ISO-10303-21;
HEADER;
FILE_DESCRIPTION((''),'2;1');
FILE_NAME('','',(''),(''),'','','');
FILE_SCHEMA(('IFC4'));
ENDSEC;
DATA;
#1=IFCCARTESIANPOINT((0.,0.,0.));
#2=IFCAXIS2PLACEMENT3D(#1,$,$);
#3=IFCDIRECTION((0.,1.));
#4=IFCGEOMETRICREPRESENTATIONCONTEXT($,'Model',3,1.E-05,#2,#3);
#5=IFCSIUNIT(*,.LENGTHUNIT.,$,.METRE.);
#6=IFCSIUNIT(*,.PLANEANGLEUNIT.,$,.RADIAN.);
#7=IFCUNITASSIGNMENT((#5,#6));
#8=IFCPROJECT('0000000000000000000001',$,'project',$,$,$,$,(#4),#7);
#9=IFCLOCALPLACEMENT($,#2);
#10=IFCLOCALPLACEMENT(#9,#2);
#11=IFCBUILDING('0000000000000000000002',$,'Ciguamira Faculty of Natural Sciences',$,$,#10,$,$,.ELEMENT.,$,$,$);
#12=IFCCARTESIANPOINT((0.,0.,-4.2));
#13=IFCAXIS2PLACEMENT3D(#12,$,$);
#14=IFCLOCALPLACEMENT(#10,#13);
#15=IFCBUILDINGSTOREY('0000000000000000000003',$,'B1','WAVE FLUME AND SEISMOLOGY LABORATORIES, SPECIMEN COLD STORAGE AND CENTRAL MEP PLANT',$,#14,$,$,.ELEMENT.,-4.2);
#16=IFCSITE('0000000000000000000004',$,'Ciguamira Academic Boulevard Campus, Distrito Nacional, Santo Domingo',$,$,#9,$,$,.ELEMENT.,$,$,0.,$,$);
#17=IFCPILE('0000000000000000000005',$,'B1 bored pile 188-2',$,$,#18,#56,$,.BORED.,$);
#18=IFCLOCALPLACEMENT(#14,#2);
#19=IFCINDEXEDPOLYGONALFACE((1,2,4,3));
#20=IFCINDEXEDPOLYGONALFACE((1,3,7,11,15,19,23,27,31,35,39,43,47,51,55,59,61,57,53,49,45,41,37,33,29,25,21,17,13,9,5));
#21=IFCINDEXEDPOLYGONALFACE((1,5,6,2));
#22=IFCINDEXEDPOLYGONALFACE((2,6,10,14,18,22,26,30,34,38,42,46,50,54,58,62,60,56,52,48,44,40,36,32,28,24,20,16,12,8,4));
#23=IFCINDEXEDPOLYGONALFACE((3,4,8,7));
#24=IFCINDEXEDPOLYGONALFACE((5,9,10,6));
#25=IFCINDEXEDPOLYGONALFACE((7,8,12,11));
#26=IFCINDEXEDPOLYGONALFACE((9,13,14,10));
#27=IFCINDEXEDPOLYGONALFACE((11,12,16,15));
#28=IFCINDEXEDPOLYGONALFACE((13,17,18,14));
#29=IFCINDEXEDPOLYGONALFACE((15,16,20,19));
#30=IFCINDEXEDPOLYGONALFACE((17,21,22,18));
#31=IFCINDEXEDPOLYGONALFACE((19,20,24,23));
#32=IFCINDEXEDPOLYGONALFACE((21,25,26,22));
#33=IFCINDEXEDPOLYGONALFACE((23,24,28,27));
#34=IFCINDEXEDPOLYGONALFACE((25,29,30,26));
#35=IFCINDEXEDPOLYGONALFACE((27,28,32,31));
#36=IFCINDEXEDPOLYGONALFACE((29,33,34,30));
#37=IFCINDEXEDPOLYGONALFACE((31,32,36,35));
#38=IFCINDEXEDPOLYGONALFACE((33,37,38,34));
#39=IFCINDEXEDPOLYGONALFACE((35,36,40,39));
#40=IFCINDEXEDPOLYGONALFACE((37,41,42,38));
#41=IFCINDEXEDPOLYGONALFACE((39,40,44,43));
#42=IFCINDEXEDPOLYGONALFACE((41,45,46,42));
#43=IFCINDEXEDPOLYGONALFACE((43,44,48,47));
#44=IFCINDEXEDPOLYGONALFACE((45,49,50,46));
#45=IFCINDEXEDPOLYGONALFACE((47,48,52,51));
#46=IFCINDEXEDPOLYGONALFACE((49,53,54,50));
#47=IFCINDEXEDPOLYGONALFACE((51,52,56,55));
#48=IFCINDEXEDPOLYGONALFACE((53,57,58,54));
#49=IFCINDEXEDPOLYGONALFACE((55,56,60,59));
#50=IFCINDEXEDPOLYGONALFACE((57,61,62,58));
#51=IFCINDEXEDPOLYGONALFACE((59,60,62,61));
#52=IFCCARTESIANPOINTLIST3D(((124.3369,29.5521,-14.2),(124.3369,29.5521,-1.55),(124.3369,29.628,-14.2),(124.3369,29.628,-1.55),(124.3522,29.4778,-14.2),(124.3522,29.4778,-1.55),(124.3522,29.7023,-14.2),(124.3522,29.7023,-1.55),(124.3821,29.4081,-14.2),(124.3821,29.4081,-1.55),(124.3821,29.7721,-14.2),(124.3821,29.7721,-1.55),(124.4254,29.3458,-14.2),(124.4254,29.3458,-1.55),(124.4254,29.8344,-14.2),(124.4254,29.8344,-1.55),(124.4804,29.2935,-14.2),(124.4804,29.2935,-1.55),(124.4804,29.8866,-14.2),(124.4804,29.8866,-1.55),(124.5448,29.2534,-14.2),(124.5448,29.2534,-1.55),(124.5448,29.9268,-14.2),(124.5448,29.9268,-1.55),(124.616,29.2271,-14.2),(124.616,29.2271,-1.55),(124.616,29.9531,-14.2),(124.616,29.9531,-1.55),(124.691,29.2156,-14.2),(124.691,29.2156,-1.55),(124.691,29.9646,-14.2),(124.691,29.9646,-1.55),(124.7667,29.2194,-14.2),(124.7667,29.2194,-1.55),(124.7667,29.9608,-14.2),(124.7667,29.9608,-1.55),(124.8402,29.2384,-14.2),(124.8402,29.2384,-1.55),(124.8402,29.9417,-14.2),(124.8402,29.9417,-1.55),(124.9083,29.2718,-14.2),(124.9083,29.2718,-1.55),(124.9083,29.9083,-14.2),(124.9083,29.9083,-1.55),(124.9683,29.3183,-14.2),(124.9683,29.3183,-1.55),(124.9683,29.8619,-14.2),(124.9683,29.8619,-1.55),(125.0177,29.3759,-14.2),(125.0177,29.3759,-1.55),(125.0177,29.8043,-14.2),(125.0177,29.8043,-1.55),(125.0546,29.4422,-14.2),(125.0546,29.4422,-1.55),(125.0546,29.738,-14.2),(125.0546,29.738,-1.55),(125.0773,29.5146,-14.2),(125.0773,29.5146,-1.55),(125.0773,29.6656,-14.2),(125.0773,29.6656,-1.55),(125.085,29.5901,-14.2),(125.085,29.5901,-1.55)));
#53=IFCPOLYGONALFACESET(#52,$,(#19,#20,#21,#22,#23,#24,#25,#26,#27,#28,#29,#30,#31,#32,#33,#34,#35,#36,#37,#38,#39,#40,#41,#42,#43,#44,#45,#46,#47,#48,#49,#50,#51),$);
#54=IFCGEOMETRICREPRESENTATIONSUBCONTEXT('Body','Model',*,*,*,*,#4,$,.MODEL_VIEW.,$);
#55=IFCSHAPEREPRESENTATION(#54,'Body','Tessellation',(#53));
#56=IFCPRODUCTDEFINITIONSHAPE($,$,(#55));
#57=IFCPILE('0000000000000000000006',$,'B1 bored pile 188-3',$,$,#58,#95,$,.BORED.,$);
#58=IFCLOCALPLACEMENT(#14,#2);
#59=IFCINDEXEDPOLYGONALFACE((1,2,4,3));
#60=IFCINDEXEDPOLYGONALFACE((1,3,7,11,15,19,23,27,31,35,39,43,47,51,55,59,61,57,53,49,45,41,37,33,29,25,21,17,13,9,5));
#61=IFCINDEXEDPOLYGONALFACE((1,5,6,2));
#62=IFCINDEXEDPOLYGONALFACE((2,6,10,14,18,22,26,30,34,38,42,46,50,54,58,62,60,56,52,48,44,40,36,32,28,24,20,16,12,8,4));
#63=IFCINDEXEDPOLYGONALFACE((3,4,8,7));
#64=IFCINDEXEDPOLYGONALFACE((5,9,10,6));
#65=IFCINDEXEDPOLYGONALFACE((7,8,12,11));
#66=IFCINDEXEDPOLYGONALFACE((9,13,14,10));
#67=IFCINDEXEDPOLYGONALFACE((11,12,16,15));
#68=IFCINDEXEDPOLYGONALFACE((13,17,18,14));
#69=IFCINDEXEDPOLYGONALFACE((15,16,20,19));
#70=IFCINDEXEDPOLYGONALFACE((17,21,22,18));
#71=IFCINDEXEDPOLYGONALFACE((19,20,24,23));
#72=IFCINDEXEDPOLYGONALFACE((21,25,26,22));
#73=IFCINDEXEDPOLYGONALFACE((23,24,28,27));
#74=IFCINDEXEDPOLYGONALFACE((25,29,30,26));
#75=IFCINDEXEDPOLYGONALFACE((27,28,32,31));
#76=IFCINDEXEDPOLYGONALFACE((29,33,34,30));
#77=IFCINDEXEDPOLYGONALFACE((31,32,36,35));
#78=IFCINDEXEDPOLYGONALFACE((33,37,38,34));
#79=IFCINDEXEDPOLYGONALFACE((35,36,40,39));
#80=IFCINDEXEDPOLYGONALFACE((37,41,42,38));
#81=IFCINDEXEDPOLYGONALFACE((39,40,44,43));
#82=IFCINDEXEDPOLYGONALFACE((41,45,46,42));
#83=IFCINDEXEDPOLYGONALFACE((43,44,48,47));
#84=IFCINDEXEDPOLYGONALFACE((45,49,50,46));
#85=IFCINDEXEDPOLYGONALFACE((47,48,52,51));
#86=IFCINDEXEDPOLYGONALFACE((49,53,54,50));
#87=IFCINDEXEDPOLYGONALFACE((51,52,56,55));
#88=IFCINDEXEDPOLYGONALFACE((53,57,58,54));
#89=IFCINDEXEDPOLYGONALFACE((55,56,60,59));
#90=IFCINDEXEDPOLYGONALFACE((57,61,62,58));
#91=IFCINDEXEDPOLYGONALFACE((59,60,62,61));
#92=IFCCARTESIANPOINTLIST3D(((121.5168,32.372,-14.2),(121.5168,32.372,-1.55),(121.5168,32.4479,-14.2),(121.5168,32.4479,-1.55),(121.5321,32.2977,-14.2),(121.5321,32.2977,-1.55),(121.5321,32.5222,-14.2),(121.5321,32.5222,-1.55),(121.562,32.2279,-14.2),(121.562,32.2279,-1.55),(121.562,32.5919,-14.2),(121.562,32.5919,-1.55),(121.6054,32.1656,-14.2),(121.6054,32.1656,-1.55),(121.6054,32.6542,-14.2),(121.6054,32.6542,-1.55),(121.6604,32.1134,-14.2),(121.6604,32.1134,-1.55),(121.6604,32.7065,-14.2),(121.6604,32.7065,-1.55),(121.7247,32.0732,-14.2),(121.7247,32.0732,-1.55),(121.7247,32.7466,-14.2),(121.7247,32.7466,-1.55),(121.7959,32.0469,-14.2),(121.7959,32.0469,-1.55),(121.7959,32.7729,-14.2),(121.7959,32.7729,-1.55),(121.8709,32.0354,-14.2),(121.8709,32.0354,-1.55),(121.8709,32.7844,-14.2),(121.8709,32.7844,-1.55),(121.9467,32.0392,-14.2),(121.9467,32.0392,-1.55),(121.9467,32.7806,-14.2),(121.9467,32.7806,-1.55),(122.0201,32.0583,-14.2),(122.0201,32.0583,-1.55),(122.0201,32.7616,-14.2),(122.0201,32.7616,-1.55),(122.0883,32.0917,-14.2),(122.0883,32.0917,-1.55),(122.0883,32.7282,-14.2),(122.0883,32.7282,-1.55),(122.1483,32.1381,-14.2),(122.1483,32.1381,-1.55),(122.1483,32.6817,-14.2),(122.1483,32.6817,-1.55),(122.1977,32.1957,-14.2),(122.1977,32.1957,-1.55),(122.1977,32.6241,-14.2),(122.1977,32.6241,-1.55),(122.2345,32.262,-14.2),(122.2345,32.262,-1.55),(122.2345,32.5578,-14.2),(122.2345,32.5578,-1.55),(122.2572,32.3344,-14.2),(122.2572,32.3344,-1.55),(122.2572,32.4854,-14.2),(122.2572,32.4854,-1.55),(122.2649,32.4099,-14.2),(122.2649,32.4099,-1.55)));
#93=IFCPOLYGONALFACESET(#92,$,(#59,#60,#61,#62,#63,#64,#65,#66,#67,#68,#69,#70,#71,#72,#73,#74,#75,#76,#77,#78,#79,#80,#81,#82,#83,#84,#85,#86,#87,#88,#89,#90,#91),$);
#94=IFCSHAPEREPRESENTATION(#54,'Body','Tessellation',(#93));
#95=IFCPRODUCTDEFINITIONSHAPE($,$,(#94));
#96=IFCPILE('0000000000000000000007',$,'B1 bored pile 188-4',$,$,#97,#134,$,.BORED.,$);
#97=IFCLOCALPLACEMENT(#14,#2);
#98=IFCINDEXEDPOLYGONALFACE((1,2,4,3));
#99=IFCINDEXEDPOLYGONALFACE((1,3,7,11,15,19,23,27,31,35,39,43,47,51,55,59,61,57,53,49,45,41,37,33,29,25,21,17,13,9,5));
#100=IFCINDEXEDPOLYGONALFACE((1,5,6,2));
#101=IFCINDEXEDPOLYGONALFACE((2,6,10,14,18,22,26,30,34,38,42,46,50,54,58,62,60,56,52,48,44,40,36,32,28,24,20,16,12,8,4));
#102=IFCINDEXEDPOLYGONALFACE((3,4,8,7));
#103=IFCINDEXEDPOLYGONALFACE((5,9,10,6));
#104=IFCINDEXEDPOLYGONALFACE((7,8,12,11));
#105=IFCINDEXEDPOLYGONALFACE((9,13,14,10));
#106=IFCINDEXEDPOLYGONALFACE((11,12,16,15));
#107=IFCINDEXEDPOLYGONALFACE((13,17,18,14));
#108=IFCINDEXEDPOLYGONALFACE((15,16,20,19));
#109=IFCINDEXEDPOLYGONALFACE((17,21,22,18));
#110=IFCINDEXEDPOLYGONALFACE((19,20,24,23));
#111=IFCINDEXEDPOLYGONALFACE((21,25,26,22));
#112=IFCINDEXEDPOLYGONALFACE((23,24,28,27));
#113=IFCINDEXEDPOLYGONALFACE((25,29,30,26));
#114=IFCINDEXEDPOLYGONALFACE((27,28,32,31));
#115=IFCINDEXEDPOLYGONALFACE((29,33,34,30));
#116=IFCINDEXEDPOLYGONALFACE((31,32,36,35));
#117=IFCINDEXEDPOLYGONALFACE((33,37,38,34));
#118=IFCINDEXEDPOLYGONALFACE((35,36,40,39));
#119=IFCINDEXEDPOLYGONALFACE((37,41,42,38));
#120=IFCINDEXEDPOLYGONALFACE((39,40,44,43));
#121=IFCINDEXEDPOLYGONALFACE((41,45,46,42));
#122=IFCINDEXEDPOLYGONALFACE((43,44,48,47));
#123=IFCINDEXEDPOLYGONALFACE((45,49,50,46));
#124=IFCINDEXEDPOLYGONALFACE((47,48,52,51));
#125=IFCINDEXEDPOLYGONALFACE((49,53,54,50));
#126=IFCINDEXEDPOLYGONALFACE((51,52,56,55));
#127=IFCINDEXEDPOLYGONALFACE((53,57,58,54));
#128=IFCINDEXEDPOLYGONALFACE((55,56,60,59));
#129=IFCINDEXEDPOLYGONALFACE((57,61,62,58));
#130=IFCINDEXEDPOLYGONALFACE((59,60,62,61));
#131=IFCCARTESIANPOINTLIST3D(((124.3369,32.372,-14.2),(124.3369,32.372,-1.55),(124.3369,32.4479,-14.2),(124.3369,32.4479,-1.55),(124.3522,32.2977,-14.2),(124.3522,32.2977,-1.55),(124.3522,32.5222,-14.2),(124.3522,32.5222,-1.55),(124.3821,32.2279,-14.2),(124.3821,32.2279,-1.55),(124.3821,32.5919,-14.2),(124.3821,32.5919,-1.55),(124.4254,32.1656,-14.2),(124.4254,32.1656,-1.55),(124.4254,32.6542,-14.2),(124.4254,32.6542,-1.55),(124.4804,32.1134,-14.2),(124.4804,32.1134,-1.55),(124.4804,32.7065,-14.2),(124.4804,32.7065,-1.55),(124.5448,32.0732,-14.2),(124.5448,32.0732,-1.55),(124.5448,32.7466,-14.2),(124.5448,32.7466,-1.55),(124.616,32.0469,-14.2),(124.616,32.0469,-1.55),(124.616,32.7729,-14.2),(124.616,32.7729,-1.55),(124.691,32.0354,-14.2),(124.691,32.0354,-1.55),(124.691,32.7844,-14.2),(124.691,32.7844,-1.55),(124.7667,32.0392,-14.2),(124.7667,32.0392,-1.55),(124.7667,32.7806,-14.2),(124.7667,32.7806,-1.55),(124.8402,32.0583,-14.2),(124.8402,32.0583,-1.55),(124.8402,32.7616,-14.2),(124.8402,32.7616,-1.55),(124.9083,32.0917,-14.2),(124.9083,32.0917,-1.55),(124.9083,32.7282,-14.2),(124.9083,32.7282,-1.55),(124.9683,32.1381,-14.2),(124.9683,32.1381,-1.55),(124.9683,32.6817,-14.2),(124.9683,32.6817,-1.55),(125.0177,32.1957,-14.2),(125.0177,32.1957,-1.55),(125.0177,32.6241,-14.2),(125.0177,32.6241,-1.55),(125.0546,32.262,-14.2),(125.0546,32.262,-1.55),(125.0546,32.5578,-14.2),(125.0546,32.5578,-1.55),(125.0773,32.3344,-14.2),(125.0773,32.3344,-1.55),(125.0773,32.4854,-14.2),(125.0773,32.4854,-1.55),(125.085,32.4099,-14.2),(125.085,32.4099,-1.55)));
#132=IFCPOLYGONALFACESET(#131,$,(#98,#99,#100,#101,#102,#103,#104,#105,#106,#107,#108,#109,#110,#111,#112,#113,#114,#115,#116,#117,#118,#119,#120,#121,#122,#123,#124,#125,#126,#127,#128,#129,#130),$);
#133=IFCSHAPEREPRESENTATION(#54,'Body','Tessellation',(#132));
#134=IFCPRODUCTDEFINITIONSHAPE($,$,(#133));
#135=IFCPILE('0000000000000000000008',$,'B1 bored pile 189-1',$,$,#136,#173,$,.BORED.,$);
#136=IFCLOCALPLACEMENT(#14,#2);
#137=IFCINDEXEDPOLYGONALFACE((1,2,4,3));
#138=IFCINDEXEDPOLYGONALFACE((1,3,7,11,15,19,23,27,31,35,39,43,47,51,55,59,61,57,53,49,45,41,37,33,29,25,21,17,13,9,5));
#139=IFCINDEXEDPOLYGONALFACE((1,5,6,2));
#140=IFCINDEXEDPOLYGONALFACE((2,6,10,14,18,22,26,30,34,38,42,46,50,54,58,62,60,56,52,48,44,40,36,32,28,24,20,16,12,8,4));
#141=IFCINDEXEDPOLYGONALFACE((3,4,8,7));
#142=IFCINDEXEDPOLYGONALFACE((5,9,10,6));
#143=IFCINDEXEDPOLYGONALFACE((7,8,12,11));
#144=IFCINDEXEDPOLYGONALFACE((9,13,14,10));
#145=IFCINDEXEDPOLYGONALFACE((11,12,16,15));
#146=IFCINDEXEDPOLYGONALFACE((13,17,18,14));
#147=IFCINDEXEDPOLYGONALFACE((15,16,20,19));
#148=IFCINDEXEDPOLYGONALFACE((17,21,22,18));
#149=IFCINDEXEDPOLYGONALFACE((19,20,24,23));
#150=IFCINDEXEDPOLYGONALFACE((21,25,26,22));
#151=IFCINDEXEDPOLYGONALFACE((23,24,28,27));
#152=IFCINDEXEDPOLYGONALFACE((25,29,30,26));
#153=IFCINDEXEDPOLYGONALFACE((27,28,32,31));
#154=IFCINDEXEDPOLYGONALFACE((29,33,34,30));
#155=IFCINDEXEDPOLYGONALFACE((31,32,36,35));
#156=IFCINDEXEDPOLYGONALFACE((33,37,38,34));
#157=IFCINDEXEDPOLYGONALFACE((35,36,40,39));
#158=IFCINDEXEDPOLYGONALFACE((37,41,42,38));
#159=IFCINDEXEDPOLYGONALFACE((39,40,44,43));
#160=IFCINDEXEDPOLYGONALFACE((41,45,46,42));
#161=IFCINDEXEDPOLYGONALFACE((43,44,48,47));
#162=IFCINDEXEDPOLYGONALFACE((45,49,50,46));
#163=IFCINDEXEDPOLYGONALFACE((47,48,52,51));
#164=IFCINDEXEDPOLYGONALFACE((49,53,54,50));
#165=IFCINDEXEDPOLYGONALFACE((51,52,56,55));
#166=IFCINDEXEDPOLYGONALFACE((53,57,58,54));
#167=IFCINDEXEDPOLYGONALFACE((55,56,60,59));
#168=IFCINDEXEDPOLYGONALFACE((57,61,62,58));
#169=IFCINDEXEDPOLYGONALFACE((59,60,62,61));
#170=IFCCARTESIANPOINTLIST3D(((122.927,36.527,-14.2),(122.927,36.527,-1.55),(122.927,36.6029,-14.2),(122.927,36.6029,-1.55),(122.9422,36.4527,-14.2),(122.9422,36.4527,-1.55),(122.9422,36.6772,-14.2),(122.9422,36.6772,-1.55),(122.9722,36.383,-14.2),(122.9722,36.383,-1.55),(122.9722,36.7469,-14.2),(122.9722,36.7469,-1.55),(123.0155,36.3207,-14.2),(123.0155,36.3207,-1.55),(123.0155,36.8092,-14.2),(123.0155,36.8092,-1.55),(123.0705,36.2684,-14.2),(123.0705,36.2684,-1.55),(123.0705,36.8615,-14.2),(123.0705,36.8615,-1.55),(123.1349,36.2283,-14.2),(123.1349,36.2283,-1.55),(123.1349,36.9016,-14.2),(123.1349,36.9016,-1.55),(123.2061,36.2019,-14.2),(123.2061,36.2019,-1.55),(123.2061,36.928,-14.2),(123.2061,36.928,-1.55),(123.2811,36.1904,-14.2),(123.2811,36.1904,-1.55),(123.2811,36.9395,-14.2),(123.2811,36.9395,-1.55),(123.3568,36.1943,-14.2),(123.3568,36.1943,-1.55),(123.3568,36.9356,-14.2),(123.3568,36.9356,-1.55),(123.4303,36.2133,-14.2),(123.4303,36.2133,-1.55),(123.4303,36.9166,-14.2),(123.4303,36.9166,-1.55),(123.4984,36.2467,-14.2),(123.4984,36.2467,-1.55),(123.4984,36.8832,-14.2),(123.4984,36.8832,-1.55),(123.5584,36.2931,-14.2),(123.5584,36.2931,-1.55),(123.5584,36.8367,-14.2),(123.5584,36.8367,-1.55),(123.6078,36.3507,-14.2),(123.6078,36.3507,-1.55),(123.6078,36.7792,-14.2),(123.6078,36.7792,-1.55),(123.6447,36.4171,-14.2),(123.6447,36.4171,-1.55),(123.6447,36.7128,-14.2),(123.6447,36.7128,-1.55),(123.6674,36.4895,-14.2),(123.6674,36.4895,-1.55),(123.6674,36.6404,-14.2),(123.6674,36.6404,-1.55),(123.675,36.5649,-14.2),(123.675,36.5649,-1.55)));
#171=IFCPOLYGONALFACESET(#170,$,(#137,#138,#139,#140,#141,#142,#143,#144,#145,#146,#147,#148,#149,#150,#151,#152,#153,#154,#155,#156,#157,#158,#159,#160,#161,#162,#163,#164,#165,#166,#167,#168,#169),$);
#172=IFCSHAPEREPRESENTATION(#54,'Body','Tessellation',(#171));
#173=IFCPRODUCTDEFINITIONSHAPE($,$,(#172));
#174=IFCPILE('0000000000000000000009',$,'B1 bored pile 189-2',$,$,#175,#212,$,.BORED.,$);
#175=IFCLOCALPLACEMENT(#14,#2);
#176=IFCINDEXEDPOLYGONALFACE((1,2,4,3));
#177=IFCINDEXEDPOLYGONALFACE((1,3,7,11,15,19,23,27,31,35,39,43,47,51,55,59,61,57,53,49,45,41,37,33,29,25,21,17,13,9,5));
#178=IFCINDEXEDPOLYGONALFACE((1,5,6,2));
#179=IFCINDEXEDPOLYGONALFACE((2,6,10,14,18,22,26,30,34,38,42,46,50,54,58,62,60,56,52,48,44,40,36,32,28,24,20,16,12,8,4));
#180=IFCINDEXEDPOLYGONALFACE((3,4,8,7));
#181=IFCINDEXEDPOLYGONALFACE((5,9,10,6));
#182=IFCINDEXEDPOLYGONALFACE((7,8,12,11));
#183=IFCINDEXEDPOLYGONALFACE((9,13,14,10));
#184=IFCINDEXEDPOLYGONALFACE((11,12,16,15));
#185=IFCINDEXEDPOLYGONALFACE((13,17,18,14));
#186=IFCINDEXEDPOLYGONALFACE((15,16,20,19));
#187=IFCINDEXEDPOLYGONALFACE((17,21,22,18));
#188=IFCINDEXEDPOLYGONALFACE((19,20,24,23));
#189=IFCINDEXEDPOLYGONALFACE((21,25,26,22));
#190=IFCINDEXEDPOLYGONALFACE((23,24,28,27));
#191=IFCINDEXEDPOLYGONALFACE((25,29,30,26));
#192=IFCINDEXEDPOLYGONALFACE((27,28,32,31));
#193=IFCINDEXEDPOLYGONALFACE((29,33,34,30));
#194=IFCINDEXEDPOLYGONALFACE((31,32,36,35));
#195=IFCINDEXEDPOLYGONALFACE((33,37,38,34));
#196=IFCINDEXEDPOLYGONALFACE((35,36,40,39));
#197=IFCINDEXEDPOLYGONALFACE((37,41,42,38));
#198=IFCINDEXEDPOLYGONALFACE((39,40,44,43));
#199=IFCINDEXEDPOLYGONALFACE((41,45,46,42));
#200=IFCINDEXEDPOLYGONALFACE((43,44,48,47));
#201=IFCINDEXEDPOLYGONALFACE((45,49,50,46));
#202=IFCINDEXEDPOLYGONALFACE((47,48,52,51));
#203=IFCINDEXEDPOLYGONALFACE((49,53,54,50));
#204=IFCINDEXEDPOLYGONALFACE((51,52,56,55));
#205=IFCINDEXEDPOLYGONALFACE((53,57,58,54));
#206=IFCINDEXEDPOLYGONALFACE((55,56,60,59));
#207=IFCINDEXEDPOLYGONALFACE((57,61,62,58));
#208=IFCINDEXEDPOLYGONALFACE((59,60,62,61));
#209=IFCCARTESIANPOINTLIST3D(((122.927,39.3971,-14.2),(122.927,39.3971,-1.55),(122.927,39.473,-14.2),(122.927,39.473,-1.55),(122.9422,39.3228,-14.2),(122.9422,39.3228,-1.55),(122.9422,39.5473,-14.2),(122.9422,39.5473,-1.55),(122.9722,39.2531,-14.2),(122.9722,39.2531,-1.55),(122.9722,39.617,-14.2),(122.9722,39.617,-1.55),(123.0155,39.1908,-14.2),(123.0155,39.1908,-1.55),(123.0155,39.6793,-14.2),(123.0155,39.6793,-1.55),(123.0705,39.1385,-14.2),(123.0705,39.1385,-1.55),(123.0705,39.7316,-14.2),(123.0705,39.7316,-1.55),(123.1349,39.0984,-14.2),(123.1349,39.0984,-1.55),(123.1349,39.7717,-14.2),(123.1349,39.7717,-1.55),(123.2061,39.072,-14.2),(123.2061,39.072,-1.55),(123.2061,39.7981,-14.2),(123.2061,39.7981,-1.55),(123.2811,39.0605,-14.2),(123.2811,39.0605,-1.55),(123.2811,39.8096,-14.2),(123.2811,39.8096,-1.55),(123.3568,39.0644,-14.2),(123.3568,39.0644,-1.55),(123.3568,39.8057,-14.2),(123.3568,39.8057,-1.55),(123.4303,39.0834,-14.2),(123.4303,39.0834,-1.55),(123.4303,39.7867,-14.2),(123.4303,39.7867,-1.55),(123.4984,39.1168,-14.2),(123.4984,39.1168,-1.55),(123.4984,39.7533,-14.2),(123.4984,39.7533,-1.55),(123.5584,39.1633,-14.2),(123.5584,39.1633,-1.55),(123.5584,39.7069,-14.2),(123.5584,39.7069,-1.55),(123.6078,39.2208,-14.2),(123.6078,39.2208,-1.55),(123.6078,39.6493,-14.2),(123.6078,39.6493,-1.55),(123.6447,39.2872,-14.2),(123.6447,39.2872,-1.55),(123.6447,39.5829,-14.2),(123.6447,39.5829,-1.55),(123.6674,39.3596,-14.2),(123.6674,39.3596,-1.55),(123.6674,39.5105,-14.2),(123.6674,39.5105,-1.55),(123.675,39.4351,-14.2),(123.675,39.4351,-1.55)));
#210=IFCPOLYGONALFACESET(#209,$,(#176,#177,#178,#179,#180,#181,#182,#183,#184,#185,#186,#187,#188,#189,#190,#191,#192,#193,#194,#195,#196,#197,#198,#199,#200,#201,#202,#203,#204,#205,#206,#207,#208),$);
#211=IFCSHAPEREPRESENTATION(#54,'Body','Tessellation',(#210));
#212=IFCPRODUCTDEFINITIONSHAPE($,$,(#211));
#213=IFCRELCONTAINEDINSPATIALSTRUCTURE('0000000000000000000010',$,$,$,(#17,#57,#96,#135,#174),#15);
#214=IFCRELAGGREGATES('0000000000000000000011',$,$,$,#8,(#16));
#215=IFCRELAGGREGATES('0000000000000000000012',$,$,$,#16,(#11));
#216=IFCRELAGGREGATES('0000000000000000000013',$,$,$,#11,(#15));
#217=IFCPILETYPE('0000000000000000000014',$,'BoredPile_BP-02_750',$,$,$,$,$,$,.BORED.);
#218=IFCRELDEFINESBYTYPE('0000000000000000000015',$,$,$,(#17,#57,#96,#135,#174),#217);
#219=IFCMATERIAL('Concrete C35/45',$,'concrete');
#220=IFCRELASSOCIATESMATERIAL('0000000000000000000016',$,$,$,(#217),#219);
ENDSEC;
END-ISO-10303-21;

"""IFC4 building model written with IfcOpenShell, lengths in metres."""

from ifc_helpers import new_model, si_unit, direction, frame, origin, origin_2d, place, context, subcontext, project, spatial, circle, extrude, material, material_profile, profile_set, type_object, element, save


model = new_model("IFC4")

# Units and contexts
model_context = context("Model", 3, precision=1e-05, world=origin(), true_north=direction((0.0, 1.0)))
body_context = subcontext(model_context, "Body", "Model", "MODEL_VIEW")
ifc_project = project(units=[si_unit("LENGTHUNIT", "METRE"), si_unit("PLANEANGLEUNIT", "RADIAN")], contexts=[model_context])

# Site, building, storey
site_placement = place(None, origin())
site = spatial("IfcSite", under=ifc_project, at=site_placement, Name="Ciguamira Academic Boulevard Campus, Distrito Nacional, Santo Domingo", CompositionType="ELEMENT", RefElevation=0.0)
building_placement = place(site_placement, origin())
building = spatial("IfcBuilding", under=site, at=building_placement, Name="Ciguamira Faculty of Natural Sciences", CompositionType="ELEMENT")
storey_placement = place(building_placement, frame((0.0, 0.0, -4.2)))
storey = spatial("IfcBuildingStorey", under=building, at=storey_placement, Name="B1", Description="WAVE FLUME AND SEISMOLOGY LABORATORIES, SPECIMEN COLD STORAGE AND CENTRAL MEP PLANT", CompositionType="ELEMENT", Elevation=-4.2)

# Piles
ifc_material_1 = material(Name="Concrete C35/45", Category="concrete")
ifc_material_profile_1 = material_profile(ifc_material_1, circle(Radius=0.375, at=origin_2d()), Name="PILE-BORED-750")
ifc_profile_set_1 = profile_set([ifc_material_profile_1], Name="Concrete C35/45")
pile_type = type_object("IfcPileType", Name="BoredPile_BP-02_750", PredefinedType="BORED", material=ifc_profile_set_1)
for number, where, z_axis, x_axis, name in (
    (1, (124.71, 29.5901, -1.55), (0.0, 0.0, -1.0), (1.0, 0.0, 0.0), "B1 bored pile 188-2"),
    (2, (121.8899, 32.4099, -1.55), (0.0, 0.0, -1.0), (1.0, 0.0, 0.0), "B1 bored pile 188-3"),
    (3, (124.71, 32.4099, -1.55), (0.0, 0.0, -1.0), (1.0, 0.0, 0.0), "B1 bored pile 188-4"),
    (4, (123.3, 36.5649, -1.55), (0.0, 0.0, -1.0), (1.0, 0.0, 0.0), "B1 bored pile 189-1"),
    (5, (123.3, 39.4351, -1.55), (0.0, 0.0, -1.0), (1.0, 0.0, 0.0), "B1 bored pile 189-2"),
):
    element("IfcPile", number, at=place(storey_placement, frame(where, z_axis=z_axis, x_axis=x_axis)), inside=storey, type_object=pile_type, Name=name, PredefinedType="BORED", context=body_context, shape_type="SweptSolid", body=[
        extrude(circle(Radius=0.375, at=origin_2d()), origin(), (0.0, 0.0, 1.0), 12.6499),
    ])

save(model, "model.ifc")
